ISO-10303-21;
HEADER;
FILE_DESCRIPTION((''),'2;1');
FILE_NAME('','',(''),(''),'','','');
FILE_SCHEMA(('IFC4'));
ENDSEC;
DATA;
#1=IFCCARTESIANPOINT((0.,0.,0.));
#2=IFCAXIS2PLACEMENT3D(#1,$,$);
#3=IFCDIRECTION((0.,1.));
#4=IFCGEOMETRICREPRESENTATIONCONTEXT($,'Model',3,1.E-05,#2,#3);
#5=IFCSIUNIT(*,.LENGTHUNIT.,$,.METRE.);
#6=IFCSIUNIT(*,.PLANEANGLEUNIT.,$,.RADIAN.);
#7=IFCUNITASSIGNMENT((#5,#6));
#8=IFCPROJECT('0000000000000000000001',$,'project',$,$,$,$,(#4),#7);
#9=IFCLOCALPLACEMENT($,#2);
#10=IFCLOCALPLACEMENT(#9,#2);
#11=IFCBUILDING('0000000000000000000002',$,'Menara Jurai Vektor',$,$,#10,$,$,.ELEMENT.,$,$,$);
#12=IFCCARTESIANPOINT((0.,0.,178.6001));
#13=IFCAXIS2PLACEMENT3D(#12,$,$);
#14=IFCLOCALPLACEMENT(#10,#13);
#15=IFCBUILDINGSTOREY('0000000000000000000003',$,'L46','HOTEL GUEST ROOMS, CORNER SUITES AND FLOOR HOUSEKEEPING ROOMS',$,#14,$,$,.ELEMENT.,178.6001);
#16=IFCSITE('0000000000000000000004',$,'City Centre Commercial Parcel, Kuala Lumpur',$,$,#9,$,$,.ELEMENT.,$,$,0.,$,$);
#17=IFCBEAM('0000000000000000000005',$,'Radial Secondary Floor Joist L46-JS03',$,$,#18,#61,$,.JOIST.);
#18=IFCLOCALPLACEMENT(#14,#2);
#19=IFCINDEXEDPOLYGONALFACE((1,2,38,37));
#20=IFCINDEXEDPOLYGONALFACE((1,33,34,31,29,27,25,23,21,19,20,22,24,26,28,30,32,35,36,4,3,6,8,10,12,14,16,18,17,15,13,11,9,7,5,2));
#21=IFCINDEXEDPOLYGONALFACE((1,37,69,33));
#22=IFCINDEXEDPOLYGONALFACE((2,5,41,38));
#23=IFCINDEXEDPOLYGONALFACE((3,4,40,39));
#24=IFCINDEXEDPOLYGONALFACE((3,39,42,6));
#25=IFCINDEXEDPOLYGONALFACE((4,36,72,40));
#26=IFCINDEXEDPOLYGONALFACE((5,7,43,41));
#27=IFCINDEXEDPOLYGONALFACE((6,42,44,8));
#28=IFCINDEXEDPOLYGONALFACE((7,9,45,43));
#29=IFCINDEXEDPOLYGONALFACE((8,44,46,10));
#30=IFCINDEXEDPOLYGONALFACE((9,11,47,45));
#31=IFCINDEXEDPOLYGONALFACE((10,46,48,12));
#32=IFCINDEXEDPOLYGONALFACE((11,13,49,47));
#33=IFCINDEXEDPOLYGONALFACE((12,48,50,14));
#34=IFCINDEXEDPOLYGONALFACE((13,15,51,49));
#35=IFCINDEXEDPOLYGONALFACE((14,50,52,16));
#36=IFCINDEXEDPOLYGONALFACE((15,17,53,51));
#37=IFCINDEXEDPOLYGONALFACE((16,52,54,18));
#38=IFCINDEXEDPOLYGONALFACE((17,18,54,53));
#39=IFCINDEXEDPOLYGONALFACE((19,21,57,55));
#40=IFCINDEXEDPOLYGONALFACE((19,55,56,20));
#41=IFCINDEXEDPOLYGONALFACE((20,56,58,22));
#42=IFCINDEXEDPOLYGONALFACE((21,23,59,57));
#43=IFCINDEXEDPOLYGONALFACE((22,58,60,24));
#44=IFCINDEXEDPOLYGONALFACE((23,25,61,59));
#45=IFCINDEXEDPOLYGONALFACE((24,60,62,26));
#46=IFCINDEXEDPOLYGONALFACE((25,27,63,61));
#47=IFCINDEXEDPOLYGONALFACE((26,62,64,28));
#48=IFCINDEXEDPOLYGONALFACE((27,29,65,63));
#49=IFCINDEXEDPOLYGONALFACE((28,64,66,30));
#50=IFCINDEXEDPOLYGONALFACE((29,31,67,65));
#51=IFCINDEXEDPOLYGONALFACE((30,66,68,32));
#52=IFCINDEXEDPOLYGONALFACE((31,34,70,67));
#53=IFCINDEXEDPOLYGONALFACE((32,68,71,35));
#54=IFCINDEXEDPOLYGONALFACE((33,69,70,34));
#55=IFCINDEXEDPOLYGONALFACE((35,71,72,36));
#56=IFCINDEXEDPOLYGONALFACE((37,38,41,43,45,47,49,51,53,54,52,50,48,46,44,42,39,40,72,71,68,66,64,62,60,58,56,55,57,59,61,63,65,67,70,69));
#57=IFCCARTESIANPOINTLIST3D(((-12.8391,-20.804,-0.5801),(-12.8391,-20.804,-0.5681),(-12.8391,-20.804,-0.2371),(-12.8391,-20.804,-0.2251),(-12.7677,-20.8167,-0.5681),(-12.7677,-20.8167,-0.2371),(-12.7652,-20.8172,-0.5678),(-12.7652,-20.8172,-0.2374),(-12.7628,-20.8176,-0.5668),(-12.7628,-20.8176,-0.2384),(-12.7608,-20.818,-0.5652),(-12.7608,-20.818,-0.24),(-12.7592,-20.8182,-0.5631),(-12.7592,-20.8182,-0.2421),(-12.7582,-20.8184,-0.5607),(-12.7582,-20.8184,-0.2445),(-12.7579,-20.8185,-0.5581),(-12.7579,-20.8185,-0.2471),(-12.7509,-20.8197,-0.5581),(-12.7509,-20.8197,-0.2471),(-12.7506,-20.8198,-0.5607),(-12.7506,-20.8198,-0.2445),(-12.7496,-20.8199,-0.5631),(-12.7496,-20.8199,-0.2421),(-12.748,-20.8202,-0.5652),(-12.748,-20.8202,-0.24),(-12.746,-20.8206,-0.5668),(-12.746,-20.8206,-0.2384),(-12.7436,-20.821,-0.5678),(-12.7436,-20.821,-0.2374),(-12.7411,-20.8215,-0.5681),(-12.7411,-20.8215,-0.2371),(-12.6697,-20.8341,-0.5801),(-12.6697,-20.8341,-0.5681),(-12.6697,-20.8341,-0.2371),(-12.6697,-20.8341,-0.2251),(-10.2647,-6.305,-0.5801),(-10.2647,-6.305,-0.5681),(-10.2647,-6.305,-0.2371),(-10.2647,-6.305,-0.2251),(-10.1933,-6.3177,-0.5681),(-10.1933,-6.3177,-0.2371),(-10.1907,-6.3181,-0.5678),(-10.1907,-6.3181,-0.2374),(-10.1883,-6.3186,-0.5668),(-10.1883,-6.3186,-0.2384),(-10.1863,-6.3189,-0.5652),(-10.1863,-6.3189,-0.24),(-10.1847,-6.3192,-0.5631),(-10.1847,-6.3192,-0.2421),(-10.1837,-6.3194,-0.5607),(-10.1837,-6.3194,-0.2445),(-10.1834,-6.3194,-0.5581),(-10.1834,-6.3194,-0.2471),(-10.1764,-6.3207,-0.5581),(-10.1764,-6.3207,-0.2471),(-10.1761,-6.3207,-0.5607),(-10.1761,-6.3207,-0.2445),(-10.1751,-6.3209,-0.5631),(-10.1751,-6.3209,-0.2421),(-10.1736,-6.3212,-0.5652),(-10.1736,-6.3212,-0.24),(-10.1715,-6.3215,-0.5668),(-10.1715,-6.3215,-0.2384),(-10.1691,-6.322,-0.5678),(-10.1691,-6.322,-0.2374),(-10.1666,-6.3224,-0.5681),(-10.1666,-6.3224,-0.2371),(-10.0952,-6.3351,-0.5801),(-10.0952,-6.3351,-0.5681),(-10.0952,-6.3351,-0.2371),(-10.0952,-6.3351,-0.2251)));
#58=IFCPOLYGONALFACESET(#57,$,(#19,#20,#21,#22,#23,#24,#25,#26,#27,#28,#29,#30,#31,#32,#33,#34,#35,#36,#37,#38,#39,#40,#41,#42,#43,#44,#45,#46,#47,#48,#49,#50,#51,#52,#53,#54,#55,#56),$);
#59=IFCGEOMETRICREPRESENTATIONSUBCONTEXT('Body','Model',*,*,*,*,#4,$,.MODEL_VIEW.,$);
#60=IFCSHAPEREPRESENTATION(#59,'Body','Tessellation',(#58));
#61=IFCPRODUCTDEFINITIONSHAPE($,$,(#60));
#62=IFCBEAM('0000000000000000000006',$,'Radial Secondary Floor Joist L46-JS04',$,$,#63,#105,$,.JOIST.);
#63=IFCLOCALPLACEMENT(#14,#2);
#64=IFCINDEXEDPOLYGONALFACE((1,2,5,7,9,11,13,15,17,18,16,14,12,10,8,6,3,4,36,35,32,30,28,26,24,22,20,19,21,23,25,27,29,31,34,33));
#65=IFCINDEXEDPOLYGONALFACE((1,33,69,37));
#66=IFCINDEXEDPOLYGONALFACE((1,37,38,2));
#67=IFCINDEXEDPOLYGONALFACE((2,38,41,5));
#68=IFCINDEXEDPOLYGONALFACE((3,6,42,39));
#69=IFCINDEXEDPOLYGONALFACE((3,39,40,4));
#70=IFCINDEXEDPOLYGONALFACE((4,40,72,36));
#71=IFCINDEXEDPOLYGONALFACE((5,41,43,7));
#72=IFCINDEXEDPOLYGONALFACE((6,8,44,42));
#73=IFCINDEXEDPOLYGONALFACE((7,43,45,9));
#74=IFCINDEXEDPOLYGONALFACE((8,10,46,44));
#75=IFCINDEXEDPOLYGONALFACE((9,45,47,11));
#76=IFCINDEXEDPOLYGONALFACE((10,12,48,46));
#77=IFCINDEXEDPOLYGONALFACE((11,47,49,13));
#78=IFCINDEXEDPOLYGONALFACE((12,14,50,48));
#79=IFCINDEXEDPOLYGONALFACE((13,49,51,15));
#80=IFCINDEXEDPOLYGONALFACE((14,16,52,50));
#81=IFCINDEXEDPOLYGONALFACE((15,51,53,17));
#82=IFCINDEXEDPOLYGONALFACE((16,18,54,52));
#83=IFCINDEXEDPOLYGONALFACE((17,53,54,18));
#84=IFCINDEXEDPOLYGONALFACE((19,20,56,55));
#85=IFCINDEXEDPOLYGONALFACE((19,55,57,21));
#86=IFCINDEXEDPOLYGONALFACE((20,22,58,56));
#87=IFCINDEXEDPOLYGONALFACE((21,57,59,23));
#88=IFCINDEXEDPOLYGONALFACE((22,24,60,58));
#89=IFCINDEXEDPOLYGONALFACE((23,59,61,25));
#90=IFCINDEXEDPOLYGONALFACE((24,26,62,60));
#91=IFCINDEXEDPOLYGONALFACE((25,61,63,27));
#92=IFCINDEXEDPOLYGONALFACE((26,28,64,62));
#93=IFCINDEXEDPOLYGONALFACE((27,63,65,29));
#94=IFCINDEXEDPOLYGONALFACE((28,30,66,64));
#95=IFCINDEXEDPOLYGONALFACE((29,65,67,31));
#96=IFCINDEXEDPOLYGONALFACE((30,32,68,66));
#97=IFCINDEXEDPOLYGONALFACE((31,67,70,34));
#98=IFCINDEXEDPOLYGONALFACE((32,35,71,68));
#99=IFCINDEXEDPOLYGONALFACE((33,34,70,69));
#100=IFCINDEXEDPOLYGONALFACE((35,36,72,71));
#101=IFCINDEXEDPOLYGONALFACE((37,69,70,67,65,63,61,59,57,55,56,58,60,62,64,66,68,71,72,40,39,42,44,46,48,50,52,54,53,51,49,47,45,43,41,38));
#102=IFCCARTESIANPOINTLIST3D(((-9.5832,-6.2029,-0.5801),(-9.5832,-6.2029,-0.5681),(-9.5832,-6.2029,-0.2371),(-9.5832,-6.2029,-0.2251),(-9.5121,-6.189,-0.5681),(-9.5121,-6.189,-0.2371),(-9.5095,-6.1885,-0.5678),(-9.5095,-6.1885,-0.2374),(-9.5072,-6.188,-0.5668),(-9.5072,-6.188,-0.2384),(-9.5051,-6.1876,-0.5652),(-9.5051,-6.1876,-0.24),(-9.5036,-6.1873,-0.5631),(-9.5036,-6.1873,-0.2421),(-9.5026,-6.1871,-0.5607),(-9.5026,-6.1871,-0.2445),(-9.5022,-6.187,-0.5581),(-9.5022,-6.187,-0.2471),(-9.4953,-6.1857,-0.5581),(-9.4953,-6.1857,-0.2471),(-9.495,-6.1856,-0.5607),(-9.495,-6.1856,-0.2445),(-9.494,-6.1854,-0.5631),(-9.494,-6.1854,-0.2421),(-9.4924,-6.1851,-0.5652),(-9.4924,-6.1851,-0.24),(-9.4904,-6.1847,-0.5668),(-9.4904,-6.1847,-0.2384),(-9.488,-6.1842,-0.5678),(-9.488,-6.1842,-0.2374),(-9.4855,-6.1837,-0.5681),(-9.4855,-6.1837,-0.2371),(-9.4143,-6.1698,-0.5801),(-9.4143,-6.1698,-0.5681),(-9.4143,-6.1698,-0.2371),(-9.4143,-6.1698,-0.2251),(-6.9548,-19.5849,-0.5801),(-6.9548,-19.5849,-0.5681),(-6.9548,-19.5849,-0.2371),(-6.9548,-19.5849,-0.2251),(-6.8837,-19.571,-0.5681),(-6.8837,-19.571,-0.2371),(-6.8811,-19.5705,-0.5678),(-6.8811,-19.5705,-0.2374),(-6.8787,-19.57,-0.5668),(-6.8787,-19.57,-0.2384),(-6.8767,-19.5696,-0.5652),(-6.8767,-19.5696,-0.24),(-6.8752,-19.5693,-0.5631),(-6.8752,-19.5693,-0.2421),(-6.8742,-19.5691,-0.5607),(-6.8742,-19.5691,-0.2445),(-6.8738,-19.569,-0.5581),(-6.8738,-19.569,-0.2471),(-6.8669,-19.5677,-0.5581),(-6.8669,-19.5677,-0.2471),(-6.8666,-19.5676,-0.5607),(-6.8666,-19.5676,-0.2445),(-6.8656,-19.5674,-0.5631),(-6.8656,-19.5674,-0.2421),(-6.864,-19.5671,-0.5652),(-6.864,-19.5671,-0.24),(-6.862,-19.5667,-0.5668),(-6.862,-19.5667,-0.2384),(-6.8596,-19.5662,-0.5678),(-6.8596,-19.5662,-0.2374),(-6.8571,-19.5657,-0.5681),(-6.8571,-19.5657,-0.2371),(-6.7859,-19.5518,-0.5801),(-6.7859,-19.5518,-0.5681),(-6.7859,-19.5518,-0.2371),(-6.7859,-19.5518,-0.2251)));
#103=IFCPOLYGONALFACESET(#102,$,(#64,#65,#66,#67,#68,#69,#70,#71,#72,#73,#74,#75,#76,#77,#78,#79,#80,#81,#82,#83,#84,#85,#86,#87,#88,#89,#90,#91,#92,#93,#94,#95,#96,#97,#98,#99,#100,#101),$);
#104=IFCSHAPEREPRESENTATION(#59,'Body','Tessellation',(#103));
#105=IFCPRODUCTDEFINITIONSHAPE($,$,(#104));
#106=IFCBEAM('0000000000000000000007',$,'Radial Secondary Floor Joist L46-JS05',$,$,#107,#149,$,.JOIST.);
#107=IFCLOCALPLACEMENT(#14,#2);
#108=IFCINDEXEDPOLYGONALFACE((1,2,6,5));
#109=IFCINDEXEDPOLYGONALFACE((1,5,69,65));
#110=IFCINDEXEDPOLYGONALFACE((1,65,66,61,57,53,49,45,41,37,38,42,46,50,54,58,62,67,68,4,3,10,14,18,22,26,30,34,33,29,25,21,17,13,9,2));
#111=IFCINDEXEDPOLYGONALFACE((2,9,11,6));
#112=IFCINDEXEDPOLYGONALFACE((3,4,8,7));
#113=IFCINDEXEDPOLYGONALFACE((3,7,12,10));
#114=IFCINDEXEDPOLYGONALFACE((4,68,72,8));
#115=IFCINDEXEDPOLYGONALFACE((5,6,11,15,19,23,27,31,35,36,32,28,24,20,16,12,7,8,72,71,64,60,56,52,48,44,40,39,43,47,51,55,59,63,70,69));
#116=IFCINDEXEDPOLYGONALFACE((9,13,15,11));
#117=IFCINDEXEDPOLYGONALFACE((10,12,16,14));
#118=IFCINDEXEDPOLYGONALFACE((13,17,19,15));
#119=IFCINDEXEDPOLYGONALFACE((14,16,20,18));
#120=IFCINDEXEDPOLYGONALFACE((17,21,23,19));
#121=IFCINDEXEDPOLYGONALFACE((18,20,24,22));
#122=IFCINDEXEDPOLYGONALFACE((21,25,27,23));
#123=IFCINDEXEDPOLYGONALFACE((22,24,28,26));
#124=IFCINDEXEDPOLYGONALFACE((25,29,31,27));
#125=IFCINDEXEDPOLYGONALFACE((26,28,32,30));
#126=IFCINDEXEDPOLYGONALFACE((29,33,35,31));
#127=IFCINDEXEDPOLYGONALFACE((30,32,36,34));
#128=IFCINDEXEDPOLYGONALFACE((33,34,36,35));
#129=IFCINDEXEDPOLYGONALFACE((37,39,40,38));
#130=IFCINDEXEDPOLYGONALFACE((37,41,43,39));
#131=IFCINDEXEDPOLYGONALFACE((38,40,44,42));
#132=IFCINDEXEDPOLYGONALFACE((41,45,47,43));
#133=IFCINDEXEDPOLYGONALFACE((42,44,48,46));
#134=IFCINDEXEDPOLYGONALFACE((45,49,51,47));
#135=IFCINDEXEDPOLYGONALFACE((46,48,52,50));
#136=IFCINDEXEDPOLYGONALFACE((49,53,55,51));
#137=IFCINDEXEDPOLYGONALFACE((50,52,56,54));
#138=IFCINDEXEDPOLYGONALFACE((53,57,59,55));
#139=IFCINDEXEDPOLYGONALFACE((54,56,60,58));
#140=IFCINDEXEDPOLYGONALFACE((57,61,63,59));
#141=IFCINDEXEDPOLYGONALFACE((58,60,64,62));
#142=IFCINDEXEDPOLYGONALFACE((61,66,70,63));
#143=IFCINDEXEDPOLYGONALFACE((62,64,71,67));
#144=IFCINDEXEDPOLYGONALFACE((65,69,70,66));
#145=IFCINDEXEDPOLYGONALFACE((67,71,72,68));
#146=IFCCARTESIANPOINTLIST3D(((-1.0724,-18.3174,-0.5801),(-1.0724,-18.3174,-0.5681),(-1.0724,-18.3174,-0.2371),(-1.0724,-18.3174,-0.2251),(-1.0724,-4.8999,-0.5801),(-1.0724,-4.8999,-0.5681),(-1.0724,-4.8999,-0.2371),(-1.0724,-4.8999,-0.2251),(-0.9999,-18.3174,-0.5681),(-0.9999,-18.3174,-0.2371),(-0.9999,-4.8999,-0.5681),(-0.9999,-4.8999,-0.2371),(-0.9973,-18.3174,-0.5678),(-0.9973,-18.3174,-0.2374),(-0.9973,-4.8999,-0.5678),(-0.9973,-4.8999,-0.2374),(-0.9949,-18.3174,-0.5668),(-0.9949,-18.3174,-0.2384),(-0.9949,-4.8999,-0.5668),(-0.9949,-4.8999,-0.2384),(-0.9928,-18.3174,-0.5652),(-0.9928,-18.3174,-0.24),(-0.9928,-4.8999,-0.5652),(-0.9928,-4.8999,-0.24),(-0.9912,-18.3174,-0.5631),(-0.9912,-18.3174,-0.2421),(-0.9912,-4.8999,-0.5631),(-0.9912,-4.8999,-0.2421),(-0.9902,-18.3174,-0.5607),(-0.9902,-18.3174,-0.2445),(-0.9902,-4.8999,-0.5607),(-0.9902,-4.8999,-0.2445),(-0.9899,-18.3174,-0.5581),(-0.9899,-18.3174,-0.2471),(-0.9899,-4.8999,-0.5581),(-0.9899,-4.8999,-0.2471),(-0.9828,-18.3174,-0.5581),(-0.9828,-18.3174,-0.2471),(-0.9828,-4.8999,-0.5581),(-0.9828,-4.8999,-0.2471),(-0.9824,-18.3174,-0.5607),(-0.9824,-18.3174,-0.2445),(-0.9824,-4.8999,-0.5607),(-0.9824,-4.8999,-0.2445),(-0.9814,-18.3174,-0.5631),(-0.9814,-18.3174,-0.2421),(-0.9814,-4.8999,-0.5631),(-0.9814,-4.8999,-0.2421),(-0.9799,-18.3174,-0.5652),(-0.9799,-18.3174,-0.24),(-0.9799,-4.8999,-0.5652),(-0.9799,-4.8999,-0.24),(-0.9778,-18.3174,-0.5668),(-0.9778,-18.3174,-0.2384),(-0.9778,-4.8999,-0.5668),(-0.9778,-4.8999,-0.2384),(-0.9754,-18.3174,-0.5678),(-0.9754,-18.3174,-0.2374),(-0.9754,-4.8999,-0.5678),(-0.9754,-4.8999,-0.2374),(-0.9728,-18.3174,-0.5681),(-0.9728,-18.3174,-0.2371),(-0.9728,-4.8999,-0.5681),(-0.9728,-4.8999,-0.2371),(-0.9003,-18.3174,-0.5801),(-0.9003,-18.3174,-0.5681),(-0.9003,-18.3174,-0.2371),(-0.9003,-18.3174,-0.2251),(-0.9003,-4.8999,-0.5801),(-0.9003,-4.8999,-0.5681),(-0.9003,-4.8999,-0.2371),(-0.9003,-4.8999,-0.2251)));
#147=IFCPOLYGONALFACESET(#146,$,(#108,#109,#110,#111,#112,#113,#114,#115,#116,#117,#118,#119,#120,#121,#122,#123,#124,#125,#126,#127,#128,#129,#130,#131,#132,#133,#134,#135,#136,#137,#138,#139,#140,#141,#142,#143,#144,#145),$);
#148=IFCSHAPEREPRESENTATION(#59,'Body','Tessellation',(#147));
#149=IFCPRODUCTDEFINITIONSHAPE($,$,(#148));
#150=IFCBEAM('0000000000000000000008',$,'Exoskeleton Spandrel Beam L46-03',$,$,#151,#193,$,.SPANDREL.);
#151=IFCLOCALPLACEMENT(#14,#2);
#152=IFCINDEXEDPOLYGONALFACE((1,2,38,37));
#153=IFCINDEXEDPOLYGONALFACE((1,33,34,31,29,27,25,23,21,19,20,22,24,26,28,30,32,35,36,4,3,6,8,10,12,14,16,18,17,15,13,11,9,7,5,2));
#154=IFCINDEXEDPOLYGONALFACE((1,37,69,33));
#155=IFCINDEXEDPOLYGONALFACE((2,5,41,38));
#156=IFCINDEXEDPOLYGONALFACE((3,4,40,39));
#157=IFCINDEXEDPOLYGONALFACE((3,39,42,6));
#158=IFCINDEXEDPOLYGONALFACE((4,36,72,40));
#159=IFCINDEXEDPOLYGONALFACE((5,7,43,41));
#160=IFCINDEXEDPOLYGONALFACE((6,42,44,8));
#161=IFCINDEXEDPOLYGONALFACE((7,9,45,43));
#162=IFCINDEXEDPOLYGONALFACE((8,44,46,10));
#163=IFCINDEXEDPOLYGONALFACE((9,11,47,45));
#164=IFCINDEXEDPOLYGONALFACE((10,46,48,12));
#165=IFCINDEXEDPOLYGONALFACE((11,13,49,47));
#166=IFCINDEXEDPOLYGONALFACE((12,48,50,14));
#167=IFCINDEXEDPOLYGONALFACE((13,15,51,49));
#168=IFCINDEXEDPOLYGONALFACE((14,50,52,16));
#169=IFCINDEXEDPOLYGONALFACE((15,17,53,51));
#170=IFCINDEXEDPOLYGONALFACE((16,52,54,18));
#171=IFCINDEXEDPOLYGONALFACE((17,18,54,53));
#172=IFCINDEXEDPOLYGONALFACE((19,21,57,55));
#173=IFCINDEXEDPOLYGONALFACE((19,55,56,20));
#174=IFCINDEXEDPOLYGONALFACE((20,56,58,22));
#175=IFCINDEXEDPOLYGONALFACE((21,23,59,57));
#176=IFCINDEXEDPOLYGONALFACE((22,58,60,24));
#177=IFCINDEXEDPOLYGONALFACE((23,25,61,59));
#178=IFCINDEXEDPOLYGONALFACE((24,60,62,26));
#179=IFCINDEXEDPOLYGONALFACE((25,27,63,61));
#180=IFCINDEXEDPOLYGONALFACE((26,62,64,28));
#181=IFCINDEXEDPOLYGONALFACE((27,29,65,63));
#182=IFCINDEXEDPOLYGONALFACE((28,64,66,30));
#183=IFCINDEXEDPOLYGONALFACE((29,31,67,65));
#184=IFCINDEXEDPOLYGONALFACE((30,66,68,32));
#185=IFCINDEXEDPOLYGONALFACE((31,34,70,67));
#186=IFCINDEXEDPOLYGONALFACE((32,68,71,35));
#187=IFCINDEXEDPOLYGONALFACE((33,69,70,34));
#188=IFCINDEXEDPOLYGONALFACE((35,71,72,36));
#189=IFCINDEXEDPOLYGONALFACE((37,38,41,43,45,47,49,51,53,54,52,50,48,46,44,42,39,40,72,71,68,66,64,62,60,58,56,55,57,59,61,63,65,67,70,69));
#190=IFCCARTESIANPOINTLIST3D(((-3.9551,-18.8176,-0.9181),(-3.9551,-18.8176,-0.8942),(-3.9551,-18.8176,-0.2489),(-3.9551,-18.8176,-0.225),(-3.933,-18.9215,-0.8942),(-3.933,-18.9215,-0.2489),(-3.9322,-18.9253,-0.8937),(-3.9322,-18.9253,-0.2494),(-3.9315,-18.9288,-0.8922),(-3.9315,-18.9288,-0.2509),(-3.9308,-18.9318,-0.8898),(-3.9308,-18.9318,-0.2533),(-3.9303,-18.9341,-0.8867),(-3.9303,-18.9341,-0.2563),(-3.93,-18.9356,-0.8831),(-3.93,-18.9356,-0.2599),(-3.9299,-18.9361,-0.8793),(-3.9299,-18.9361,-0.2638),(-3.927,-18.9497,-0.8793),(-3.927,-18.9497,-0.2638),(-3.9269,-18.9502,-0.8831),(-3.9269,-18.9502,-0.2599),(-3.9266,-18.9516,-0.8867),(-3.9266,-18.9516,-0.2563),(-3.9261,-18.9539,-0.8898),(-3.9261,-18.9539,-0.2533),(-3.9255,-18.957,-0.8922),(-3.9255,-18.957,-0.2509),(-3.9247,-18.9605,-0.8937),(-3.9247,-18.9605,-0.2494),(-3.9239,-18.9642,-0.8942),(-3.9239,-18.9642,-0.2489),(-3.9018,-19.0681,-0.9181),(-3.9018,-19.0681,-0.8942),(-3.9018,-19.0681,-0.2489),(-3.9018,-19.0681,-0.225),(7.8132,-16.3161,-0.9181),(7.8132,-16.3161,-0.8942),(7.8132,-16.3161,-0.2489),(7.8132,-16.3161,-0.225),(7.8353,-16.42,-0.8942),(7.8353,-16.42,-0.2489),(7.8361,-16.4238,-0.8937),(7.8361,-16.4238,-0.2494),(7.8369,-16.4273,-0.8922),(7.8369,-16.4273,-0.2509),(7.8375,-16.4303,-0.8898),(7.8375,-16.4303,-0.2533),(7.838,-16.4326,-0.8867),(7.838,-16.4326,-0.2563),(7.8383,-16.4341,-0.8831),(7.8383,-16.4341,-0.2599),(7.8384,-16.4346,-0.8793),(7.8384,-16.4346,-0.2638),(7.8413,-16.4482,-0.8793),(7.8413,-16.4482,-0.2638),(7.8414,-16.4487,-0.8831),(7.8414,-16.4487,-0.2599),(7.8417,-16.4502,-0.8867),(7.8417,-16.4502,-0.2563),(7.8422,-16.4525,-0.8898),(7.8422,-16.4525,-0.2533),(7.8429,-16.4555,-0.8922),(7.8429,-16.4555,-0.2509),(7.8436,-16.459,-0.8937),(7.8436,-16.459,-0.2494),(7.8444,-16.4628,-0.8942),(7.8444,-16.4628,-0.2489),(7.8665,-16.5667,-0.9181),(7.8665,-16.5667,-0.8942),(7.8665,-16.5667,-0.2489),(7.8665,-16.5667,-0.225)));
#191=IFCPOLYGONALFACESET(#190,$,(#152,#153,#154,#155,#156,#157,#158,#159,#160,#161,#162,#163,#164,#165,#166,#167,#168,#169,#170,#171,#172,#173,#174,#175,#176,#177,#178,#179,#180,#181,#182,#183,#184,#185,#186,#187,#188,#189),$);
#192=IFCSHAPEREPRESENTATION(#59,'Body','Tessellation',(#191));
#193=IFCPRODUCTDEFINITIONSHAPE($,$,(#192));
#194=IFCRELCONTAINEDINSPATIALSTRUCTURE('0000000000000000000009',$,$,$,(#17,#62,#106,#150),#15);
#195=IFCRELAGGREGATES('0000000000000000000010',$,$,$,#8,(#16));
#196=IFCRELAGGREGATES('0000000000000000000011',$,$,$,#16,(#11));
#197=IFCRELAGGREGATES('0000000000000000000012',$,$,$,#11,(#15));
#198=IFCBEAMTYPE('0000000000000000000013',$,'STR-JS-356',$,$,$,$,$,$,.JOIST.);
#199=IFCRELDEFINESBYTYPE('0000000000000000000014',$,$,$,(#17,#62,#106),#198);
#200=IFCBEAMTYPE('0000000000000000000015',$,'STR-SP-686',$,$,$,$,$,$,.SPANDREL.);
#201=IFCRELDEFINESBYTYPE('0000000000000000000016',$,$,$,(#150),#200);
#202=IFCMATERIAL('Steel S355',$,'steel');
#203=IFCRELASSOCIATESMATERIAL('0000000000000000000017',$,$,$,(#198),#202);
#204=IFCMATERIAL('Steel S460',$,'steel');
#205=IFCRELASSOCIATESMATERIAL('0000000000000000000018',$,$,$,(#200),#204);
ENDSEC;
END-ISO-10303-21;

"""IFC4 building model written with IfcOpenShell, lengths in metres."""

from ifc_helpers import new_model, si_unit, direction, frame, origin, origin_2d, place, context, subcontext, project, spatial, i_section, extrude, material, material_profile, profile_set, type_object, element, save


model = new_model("IFC4")

# Units and contexts
model_context = context("Model", 3, precision=1e-05, world=origin(), true_north=direction((0.0, 1.0)))
body_context = subcontext(model_context, "Body", "Model", "MODEL_VIEW")
ifc_project = project(units=[si_unit("LENGTHUNIT", "METRE"), si_unit("PLANEANGLEUNIT", "RADIAN")], contexts=[model_context])

# Site, building, storey
site_placement = place(None, origin())
site = spatial("IfcSite", under=ifc_project, at=site_placement, Name="City Centre Commercial Parcel, Kuala Lumpur", CompositionType="ELEMENT", RefElevation=0.0)
building_placement = place(site_placement, origin())
building = spatial("IfcBuilding", under=site, at=building_placement, Name="Menara Jurai Vektor", CompositionType="ELEMENT")
storey_placement = place(building_placement, frame((0.0, 0.0, 178.6001)))
storey = spatial("IfcBuildingStorey", under=building, at=storey_placement, Name="L46", Description="HOTEL GUEST ROOMS, CORNER SUITES AND FLOOR HOUSEKEEPING ROOMS", CompositionType="ELEMENT", Elevation=178.6001)

# Shared definitions
ifc_material_1 = material(Name="Steel S460", Category="steel")

# Beams
ifc_material_2 = material(Name="Steel S355", Category="steel")
ifc_material_profile_1 = material_profile(ifc_material_2, i_section(OverallWidth=0.1721, OverallDepth=0.355, WebThickness=0.0071, FlangeThickness=0.012, FilletRadius=0.01, at=origin_2d()), Name="UKB 356x171x51")
ifc_profile_set_1 = profile_set([ifc_material_profile_1], Name="Steel S355")
beam_type_1 = type_object("IfcBeamType", Name="STR-JS-356", PredefinedType="JOIST", material=ifc_profile_set_1)
beam_1_placement = place(storey_placement, frame((-12.7544, -20.8191, -0.4026), z_axis=(0.174827, 0.984599, 0.0), x_axis=(-0.984599, 0.174827, 0.0)))
element("IfcBeam", 1, at=beam_1_placement, inside=storey, type_object=beam_type_1, Name="Radial Secondary Floor Joist L46-JS03", PredefinedType="JOIST", context=body_context, shape_type="SweptSolid", body=[
    extrude(i_section(OverallWidth=0.1721, OverallDepth=0.355, WebThickness=0.0071, FlangeThickness=0.012, FilletRadius=0.01, at=origin_2d()), origin(), (0.0, 0.0, 1.0), 14.7258),
])
beam_2_placement = place(storey_placement, frame((-6.8704, -19.5684, -0.4026), z_axis=(-0.192731, 0.981252, 0.0), x_axis=(-0.981252, -0.192731, 0.0)))
element("IfcBeam", 2, at=beam_2_placement, inside=storey, type_object=beam_type_1, Name="Radial Secondary Floor Joist L46-JS04", PredefinedType="JOIST", context=body_context, shape_type="SweptSolid", body=[
    extrude(i_section(OverallWidth=0.1721, OverallDepth=0.355, WebThickness=0.0071, FlangeThickness=0.012, FilletRadius=0.01, at=origin_2d()), origin(), (0.0, 0.0, 1.0), 13.6377),
])
beam_3_placement = place(storey_placement, frame((-0.9863, -18.3174, -0.4026), z_axis=(0.0, 1.0, 0.0), x_axis=(-1.0, 0.0, 0.0)))
element("IfcBeam", 3, at=beam_3_placement, inside=storey, type_object=beam_type_1, Name="Radial Secondary Floor Joist L46-JS05", PredefinedType="JOIST", context=body_context, shape_type="SweptSolid", body=[
    extrude(i_section(OverallWidth=0.1721, OverallDepth=0.355, WebThickness=0.0071, FlangeThickness=0.012, FilletRadius=0.01, at=origin_2d()), origin(), (0.0, 0.0, 1.0), 13.4175),
])
ifc_material_profile_2 = material_profile(ifc_material_1, i_section(OverallWidth=0.2561, OverallDepth=0.6931, WebThickness=0.0139, FlangeThickness=0.0239, FilletRadius=0.0149, at=origin_2d()), Name="UKB 686x254x170")
ifc_profile_set_2 = profile_set([ifc_material_profile_2], Name="Steel S460")
beam_type_2 = type_object("IfcBeamType", Name="STR-SP-686", PredefinedType="SPANDREL", material=ifc_profile_set_2)
beam_4_placement = place(storey_placement, frame((-3.9285, -18.9429, -0.5715), z_axis=(0.978147, 0.207914, 0.0), x_axis=(-0.207914, 0.978147, 0.0)))
element("IfcBeam", 4, at=beam_4_placement, inside=storey, type_object=beam_type_2, Name="Exoskeleton Spandrel Beam L46-03", PredefinedType="SPANDREL", context=body_context, shape_type="SweptSolid", body=[
    extrude(i_section(OverallWidth=0.2561, OverallDepth=0.6931, WebThickness=0.0139, FlangeThickness=0.0239, FilletRadius=0.0149, at=origin_2d()), origin(), (0.0, 0.0, 1.0), 12.0312),
])

save(model, "model.ifc")
